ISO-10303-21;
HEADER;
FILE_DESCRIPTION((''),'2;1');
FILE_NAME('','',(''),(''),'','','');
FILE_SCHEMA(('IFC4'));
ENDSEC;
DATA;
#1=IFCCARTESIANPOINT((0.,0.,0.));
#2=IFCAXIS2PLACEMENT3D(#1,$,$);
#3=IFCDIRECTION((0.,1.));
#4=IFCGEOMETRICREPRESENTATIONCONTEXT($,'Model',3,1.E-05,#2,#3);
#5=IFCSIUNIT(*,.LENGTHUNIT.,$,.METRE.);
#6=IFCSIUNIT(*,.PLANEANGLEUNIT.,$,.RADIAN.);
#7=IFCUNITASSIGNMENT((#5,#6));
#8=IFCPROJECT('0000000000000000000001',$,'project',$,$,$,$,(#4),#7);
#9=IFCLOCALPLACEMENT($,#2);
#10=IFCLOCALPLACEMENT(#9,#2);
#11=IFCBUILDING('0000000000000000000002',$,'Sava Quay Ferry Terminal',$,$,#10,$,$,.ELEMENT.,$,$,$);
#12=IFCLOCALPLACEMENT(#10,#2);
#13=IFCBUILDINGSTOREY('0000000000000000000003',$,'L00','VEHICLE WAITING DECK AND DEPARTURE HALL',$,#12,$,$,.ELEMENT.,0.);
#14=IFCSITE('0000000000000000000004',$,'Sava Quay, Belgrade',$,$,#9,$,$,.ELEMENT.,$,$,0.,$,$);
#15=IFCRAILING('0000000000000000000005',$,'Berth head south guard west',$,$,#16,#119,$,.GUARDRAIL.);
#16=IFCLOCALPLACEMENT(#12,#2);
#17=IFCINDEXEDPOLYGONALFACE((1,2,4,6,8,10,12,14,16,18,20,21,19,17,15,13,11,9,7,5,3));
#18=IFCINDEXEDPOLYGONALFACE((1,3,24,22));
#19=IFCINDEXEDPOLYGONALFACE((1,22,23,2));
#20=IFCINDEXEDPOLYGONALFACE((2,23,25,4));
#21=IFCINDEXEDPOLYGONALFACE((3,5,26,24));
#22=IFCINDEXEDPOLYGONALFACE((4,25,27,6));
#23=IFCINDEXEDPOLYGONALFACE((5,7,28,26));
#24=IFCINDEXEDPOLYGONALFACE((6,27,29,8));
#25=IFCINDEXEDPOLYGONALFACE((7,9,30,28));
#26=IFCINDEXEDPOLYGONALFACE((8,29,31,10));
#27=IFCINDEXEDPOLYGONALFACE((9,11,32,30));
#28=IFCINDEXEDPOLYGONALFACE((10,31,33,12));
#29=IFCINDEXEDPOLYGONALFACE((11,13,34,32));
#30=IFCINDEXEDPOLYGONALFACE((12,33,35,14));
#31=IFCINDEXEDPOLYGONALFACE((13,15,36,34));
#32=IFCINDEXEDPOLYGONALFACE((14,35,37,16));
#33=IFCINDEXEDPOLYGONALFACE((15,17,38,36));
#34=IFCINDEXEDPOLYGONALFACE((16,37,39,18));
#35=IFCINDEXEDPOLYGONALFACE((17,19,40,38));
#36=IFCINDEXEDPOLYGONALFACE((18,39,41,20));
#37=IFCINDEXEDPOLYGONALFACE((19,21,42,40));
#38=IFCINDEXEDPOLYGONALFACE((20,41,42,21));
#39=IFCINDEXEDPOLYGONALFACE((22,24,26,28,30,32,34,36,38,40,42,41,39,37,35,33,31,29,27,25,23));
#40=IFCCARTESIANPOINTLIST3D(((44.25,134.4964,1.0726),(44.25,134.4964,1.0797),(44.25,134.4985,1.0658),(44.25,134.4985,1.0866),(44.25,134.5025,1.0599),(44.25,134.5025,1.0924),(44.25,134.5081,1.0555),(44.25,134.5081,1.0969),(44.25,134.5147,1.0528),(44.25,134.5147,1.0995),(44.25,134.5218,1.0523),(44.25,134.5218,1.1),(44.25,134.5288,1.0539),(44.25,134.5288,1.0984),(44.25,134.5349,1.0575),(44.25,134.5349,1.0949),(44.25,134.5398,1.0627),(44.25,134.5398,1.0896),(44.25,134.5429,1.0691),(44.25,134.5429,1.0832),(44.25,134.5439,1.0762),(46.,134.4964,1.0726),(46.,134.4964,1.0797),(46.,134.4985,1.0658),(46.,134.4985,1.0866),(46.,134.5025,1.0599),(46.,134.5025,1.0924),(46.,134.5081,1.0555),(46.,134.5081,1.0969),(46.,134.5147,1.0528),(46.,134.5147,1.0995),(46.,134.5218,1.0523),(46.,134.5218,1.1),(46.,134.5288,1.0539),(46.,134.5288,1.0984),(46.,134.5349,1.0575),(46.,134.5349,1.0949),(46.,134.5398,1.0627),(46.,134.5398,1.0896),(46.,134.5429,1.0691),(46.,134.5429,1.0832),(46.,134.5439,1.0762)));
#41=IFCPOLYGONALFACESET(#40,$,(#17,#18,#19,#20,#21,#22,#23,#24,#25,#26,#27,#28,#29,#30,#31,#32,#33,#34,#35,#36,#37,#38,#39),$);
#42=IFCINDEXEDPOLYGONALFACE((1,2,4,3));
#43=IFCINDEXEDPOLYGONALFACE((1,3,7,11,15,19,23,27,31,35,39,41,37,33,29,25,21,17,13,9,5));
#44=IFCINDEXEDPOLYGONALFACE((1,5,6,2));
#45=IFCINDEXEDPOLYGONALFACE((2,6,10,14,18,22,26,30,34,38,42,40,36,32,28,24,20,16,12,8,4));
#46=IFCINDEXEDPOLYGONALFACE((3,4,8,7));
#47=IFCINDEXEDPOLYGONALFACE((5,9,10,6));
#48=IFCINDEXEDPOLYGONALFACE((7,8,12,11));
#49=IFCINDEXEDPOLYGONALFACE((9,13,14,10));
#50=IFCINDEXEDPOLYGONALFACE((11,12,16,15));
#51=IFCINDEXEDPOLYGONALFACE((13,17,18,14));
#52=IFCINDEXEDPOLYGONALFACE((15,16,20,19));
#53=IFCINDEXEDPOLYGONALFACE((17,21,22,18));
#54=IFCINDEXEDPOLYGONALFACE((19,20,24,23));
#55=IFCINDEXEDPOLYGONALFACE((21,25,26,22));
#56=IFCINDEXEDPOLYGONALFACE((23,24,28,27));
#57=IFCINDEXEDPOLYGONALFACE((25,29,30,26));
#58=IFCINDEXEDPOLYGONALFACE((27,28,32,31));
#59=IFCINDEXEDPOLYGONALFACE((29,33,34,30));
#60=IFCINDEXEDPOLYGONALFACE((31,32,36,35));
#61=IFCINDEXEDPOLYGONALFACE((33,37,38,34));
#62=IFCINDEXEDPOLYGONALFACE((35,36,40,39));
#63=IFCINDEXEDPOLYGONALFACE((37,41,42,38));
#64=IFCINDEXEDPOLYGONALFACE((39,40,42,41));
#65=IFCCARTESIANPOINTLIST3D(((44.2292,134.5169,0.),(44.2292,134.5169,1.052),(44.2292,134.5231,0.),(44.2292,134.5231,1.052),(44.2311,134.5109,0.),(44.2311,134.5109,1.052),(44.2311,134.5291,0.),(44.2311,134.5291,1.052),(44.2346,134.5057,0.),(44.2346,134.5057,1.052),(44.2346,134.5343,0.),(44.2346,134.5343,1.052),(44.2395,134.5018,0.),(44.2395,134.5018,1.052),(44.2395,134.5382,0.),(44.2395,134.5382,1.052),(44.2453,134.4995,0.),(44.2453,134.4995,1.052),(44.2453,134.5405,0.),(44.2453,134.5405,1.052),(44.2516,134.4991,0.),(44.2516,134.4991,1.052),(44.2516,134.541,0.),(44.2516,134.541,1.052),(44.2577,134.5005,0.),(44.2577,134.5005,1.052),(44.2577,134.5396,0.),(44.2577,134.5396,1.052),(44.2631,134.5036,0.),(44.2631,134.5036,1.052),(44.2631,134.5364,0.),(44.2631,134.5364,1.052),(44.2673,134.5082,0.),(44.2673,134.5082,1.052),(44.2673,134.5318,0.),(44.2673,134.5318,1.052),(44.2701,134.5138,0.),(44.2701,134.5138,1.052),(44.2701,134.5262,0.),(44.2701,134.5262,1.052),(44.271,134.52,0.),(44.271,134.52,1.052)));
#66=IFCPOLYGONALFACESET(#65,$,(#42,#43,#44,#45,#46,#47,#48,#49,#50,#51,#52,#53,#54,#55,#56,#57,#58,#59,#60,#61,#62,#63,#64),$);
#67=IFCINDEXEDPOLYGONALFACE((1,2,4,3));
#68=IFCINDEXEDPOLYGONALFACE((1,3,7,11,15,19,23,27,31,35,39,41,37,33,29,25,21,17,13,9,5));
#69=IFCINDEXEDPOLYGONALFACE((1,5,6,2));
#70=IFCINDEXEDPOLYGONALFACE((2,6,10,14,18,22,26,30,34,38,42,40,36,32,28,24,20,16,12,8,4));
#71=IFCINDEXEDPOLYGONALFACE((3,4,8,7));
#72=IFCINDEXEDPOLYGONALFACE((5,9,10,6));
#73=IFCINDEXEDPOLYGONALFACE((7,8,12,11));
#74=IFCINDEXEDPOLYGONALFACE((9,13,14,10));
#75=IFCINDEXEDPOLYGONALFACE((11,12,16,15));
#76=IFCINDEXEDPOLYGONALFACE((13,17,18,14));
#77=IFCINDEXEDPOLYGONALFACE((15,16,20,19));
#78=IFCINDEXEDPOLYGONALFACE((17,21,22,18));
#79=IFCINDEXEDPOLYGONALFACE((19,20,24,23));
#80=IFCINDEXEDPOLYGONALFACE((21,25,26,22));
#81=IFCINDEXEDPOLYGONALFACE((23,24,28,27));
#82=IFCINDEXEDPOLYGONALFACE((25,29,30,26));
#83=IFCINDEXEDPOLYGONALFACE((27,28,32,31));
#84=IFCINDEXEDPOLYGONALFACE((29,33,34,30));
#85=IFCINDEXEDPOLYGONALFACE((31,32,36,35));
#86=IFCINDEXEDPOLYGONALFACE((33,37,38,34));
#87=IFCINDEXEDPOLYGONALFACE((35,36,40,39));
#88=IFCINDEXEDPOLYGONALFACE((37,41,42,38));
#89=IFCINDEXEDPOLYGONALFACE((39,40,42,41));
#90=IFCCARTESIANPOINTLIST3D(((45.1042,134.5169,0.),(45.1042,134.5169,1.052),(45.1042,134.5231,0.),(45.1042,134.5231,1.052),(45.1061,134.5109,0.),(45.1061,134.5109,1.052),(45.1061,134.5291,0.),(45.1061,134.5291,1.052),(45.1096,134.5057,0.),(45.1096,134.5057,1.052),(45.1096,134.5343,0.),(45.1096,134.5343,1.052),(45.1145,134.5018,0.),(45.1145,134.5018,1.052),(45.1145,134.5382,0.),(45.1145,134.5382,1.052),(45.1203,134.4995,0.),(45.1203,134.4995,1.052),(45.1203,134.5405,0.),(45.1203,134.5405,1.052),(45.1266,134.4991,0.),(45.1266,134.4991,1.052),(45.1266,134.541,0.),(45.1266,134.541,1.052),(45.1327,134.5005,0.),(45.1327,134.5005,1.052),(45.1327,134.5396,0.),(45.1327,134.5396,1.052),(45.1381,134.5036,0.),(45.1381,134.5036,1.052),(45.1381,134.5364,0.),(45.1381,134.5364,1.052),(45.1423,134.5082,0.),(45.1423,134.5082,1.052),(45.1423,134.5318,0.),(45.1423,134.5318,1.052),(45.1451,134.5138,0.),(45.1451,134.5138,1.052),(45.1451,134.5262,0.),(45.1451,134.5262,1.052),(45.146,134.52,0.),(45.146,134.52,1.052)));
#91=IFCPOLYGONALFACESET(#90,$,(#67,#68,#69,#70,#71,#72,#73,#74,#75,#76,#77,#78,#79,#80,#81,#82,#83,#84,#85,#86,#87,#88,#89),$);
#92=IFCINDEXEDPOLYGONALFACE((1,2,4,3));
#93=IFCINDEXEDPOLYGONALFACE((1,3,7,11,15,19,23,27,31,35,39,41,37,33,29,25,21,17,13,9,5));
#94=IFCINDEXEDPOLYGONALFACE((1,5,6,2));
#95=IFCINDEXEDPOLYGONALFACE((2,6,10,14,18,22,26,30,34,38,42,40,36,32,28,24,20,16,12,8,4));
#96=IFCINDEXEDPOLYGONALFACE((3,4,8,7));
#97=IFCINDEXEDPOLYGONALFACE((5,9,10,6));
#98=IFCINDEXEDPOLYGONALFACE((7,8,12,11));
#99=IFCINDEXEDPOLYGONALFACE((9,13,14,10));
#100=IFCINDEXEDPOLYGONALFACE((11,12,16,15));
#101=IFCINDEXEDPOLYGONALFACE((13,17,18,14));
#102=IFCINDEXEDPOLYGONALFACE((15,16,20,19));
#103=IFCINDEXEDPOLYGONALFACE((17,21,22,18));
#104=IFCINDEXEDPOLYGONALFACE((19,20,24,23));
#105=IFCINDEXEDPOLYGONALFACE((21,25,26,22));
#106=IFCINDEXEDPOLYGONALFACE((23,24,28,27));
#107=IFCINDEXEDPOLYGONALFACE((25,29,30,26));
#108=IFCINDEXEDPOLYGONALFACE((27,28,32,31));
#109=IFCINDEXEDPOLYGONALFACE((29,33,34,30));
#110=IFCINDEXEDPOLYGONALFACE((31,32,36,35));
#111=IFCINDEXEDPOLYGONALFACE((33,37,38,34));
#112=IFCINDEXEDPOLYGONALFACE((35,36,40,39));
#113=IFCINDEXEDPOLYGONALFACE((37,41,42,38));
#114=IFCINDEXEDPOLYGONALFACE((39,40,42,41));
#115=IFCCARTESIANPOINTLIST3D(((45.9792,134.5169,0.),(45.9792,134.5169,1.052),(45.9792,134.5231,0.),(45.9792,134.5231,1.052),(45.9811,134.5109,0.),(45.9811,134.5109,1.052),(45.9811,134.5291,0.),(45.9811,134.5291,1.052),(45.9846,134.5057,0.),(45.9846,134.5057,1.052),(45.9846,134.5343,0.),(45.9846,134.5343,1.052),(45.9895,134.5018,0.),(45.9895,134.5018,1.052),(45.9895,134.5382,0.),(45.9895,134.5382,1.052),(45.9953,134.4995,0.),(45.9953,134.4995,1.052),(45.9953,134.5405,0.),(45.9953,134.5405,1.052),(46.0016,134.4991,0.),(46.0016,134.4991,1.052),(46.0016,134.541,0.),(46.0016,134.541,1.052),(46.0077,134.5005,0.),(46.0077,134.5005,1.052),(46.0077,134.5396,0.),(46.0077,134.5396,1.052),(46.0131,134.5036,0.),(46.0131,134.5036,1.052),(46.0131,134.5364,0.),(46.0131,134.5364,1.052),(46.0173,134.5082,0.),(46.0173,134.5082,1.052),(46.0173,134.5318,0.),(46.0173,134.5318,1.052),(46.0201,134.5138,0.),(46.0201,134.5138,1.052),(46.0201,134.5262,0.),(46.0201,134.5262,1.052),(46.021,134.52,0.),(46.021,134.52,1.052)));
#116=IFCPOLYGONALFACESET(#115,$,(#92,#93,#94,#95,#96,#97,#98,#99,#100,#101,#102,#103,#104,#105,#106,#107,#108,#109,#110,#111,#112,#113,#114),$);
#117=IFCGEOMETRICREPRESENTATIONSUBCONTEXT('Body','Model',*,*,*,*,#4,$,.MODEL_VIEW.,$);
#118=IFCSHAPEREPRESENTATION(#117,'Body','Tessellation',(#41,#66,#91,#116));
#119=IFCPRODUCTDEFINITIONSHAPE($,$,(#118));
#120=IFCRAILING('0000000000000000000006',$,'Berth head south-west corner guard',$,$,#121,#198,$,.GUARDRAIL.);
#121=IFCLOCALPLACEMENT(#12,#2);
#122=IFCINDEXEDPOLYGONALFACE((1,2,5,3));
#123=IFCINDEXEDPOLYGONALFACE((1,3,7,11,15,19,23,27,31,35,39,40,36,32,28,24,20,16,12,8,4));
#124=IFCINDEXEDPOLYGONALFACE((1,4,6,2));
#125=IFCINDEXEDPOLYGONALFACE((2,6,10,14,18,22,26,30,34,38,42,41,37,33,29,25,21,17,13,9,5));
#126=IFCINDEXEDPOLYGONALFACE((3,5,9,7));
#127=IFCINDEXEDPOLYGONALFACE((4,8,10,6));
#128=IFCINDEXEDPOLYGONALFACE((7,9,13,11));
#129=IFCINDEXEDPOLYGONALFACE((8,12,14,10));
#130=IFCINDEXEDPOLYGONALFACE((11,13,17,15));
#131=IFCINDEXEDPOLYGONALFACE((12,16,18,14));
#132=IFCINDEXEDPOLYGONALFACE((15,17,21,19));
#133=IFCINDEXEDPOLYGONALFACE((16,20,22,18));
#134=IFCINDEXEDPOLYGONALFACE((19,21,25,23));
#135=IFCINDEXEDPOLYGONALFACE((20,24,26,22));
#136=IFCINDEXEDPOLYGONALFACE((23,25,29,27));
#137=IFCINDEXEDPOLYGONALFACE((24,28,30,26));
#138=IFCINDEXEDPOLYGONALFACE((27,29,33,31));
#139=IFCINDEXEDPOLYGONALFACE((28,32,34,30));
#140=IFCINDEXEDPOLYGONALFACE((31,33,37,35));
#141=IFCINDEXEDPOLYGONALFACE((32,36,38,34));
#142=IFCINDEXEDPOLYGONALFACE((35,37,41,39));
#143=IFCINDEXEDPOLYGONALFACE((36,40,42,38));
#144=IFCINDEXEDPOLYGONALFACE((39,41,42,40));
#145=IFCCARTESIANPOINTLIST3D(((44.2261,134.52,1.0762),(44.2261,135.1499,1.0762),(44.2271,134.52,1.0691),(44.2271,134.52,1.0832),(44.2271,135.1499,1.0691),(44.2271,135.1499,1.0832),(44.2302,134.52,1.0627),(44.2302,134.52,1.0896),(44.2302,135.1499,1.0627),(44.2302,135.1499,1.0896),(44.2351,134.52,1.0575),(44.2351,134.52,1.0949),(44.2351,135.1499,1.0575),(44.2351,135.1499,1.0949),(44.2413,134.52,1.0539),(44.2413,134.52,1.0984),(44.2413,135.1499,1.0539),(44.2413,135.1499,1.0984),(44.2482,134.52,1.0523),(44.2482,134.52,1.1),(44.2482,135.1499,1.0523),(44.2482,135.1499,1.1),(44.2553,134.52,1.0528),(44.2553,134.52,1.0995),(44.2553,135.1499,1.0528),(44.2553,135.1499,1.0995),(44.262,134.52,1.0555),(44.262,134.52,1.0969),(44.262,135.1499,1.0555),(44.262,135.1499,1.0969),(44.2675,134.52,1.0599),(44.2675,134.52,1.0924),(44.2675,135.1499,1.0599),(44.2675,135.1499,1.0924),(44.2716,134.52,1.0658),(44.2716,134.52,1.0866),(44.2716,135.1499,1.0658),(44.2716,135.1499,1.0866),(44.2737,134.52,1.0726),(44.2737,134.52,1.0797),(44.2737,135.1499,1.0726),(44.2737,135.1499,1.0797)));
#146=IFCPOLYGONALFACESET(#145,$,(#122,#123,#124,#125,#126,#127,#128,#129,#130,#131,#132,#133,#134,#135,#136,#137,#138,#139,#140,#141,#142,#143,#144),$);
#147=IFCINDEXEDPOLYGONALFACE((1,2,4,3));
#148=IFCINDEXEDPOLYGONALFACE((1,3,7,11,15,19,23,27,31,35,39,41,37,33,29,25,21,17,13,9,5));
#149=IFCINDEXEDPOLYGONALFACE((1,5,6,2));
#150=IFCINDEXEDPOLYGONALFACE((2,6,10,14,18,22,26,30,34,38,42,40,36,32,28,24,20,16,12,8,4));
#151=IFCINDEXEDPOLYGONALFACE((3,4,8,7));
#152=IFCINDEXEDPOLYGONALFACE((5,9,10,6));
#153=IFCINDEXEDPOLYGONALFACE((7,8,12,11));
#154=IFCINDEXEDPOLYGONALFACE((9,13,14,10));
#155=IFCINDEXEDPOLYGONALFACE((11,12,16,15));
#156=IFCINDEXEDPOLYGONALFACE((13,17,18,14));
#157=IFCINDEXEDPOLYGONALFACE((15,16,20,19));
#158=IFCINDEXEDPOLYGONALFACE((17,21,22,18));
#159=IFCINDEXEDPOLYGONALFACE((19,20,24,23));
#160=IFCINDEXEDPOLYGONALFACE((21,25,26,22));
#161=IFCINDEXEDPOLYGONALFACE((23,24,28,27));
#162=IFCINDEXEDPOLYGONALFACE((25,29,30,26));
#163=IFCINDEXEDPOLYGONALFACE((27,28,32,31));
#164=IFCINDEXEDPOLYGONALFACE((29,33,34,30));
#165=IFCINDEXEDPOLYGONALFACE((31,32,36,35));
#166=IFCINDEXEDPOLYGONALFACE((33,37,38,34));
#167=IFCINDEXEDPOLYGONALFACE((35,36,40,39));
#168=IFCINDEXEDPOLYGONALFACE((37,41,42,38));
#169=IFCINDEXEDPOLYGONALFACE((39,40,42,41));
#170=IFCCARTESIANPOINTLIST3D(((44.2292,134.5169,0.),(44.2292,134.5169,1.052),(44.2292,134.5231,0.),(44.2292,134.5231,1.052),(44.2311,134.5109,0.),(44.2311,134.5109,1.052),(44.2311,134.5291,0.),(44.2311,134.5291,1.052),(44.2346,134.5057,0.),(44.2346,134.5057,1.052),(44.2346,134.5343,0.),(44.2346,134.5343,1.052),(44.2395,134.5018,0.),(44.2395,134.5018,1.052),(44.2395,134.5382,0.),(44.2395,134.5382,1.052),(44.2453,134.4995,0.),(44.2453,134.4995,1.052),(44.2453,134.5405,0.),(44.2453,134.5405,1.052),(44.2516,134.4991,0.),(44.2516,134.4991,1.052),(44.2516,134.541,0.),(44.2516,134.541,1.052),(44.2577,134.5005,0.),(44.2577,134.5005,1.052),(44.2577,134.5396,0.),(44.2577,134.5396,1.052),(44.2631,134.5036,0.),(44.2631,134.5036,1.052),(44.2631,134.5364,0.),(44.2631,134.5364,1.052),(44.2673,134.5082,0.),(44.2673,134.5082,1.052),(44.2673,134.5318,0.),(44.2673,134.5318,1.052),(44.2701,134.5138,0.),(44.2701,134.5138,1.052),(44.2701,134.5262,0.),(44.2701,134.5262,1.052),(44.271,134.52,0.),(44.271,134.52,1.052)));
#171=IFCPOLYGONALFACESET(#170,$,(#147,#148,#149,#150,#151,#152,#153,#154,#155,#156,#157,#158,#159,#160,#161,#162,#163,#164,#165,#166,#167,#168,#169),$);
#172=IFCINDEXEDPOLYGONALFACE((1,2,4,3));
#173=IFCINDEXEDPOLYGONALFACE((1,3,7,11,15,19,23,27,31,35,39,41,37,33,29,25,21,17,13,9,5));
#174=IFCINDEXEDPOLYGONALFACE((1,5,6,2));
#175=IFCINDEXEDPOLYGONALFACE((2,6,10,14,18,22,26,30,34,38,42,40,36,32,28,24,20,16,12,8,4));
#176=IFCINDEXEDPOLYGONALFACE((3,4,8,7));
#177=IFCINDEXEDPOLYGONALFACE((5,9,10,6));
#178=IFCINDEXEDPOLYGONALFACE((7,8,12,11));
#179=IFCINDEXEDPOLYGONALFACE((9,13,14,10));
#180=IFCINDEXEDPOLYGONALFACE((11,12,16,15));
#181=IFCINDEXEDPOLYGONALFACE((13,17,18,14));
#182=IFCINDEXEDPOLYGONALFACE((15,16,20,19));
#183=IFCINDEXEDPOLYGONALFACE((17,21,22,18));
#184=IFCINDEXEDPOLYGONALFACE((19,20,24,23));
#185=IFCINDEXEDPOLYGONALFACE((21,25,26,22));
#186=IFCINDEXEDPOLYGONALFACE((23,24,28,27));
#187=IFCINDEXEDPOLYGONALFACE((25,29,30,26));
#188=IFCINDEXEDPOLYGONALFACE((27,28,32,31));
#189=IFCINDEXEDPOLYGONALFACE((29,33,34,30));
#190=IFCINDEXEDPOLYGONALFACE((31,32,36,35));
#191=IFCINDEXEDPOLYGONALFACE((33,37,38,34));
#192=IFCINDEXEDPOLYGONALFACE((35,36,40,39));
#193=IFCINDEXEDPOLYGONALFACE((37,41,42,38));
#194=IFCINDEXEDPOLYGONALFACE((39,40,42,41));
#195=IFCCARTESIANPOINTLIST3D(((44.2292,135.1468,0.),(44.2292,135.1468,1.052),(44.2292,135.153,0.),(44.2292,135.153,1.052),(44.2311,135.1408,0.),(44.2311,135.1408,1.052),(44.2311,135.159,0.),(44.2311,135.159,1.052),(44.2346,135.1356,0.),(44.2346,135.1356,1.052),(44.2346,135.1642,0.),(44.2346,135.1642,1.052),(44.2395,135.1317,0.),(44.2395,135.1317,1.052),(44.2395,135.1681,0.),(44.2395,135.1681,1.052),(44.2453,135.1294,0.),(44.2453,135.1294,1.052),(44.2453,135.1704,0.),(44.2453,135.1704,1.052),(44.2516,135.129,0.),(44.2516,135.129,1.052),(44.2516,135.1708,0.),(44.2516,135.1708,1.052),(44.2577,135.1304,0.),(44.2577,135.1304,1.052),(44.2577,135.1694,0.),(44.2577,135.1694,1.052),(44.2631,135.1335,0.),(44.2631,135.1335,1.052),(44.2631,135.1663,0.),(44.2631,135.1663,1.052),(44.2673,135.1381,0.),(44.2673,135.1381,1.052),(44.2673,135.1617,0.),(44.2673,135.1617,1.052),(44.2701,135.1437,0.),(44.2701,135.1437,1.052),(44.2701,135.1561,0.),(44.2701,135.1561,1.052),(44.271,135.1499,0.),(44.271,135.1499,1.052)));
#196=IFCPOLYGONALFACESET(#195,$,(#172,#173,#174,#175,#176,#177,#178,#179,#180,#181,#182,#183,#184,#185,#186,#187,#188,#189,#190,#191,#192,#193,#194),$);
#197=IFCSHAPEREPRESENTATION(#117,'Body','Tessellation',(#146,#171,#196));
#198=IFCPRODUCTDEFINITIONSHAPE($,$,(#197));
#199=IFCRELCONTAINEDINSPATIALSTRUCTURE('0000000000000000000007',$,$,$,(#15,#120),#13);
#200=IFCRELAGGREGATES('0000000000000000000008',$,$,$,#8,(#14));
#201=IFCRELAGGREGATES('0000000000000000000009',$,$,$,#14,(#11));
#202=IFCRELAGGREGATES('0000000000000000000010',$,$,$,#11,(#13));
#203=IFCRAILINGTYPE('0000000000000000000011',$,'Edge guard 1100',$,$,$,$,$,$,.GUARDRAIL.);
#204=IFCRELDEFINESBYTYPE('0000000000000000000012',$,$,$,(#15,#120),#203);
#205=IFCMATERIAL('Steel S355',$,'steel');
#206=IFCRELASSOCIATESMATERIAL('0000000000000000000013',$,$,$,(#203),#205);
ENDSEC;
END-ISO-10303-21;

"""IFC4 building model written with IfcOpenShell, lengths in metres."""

from ifc_helpers import new_model, si_unit, direction, frame, origin, origin_2d, place, context, subcontext, project, spatial, circle, extrude, material, type_object, element, save


model = new_model("IFC4")

# Units and contexts
model_context = context("Model", 3, precision=1e-05, world=origin(), true_north=direction((0.0, 1.0)))
body_context = subcontext(model_context, "Body", "Model", "MODEL_VIEW")
ifc_project = project(units=[si_unit("LENGTHUNIT", "METRE"), si_unit("PLANEANGLEUNIT", "RADIAN")], contexts=[model_context])

# Site, building, storey
site_placement = place(None, origin())
site = spatial("IfcSite", under=ifc_project, at=site_placement, Name="Sava Quay, Belgrade", CompositionType="ELEMENT", RefElevation=0.0)
building_placement = place(site_placement, origin())
building = spatial("IfcBuilding", under=site, at=building_placement, Name="Sava Quay Ferry Terminal", CompositionType="ELEMENT")
storey_placement = place(building_placement, origin())
storey = spatial("IfcBuildingStorey", under=building, at=storey_placement, Name="L00", Description="VEHICLE WAITING DECK AND DEPARTURE HALL", CompositionType="ELEMENT", Elevation=0.0)

# Railings
ifc_material_1 = material(Name="Steel S355", Category="steel")
railing_type = type_object("IfcRailingType", Name="Edge guard 1100", PredefinedType="GUARDRAIL", material=ifc_material_1)
railing_1_placement = place(storey_placement, frame((44.25, 134.52, 0.0)))
element("IfcRailing", 1, at=railing_1_placement, inside=storey, type_object=railing_type, Name="Berth head south guard west", PredefinedType="GUARDRAIL", context=body_context, shape_type="SweptSolid", body=[
    extrude(circle(Radius=0.0239, at=origin_2d()), frame((0.0, 0.0, 1.0762), z_axis=(1.0, 0.0, 0.0), x_axis=(0.0, 1.0, 0.0)), (0.0, 0.0, 1.0), 1.75),
    extrude(circle(Radius=0.021, at=origin_2d()), origin(), (0.0, 0.0, 1.0), 1.052),
    extrude(circle(Radius=0.021, at=origin_2d()), frame((0.875, 0.0, 0.0)), (0.0, 0.0, 1.0), 1.052),
    extrude(circle(Radius=0.021, at=origin_2d()), frame((1.75, 0.0, 0.0)), (0.0, 0.0, 1.0), 1.052),
])
railing_2_placement = place(storey_placement, frame((44.25, 134.52, 0.0)))
element("IfcRailing", 2, at=railing_2_placement, inside=storey, type_object=railing_type, Name="Berth head south-west corner guard", PredefinedType="GUARDRAIL", context=body_context, shape_type="SweptSolid", body=[
    extrude(circle(Radius=0.0239, at=origin_2d()), frame((0.0, 0.0, 1.0762), z_axis=(0.0, 1.0, 0.0), x_axis=(-1.0, 0.0, 0.0)), (0.0, 0.0, 1.0), 0.6299),
    extrude(circle(Radius=0.021, at=origin_2d()), origin(), (0.0, 0.0, 1.0), 1.052),
    extrude(circle(Radius=0.021, at=origin_2d()), frame((0.0, 0.6299, 0.0)), (0.0, 0.0, 1.0), 1.052),
])

save(model, "model.ifc")
